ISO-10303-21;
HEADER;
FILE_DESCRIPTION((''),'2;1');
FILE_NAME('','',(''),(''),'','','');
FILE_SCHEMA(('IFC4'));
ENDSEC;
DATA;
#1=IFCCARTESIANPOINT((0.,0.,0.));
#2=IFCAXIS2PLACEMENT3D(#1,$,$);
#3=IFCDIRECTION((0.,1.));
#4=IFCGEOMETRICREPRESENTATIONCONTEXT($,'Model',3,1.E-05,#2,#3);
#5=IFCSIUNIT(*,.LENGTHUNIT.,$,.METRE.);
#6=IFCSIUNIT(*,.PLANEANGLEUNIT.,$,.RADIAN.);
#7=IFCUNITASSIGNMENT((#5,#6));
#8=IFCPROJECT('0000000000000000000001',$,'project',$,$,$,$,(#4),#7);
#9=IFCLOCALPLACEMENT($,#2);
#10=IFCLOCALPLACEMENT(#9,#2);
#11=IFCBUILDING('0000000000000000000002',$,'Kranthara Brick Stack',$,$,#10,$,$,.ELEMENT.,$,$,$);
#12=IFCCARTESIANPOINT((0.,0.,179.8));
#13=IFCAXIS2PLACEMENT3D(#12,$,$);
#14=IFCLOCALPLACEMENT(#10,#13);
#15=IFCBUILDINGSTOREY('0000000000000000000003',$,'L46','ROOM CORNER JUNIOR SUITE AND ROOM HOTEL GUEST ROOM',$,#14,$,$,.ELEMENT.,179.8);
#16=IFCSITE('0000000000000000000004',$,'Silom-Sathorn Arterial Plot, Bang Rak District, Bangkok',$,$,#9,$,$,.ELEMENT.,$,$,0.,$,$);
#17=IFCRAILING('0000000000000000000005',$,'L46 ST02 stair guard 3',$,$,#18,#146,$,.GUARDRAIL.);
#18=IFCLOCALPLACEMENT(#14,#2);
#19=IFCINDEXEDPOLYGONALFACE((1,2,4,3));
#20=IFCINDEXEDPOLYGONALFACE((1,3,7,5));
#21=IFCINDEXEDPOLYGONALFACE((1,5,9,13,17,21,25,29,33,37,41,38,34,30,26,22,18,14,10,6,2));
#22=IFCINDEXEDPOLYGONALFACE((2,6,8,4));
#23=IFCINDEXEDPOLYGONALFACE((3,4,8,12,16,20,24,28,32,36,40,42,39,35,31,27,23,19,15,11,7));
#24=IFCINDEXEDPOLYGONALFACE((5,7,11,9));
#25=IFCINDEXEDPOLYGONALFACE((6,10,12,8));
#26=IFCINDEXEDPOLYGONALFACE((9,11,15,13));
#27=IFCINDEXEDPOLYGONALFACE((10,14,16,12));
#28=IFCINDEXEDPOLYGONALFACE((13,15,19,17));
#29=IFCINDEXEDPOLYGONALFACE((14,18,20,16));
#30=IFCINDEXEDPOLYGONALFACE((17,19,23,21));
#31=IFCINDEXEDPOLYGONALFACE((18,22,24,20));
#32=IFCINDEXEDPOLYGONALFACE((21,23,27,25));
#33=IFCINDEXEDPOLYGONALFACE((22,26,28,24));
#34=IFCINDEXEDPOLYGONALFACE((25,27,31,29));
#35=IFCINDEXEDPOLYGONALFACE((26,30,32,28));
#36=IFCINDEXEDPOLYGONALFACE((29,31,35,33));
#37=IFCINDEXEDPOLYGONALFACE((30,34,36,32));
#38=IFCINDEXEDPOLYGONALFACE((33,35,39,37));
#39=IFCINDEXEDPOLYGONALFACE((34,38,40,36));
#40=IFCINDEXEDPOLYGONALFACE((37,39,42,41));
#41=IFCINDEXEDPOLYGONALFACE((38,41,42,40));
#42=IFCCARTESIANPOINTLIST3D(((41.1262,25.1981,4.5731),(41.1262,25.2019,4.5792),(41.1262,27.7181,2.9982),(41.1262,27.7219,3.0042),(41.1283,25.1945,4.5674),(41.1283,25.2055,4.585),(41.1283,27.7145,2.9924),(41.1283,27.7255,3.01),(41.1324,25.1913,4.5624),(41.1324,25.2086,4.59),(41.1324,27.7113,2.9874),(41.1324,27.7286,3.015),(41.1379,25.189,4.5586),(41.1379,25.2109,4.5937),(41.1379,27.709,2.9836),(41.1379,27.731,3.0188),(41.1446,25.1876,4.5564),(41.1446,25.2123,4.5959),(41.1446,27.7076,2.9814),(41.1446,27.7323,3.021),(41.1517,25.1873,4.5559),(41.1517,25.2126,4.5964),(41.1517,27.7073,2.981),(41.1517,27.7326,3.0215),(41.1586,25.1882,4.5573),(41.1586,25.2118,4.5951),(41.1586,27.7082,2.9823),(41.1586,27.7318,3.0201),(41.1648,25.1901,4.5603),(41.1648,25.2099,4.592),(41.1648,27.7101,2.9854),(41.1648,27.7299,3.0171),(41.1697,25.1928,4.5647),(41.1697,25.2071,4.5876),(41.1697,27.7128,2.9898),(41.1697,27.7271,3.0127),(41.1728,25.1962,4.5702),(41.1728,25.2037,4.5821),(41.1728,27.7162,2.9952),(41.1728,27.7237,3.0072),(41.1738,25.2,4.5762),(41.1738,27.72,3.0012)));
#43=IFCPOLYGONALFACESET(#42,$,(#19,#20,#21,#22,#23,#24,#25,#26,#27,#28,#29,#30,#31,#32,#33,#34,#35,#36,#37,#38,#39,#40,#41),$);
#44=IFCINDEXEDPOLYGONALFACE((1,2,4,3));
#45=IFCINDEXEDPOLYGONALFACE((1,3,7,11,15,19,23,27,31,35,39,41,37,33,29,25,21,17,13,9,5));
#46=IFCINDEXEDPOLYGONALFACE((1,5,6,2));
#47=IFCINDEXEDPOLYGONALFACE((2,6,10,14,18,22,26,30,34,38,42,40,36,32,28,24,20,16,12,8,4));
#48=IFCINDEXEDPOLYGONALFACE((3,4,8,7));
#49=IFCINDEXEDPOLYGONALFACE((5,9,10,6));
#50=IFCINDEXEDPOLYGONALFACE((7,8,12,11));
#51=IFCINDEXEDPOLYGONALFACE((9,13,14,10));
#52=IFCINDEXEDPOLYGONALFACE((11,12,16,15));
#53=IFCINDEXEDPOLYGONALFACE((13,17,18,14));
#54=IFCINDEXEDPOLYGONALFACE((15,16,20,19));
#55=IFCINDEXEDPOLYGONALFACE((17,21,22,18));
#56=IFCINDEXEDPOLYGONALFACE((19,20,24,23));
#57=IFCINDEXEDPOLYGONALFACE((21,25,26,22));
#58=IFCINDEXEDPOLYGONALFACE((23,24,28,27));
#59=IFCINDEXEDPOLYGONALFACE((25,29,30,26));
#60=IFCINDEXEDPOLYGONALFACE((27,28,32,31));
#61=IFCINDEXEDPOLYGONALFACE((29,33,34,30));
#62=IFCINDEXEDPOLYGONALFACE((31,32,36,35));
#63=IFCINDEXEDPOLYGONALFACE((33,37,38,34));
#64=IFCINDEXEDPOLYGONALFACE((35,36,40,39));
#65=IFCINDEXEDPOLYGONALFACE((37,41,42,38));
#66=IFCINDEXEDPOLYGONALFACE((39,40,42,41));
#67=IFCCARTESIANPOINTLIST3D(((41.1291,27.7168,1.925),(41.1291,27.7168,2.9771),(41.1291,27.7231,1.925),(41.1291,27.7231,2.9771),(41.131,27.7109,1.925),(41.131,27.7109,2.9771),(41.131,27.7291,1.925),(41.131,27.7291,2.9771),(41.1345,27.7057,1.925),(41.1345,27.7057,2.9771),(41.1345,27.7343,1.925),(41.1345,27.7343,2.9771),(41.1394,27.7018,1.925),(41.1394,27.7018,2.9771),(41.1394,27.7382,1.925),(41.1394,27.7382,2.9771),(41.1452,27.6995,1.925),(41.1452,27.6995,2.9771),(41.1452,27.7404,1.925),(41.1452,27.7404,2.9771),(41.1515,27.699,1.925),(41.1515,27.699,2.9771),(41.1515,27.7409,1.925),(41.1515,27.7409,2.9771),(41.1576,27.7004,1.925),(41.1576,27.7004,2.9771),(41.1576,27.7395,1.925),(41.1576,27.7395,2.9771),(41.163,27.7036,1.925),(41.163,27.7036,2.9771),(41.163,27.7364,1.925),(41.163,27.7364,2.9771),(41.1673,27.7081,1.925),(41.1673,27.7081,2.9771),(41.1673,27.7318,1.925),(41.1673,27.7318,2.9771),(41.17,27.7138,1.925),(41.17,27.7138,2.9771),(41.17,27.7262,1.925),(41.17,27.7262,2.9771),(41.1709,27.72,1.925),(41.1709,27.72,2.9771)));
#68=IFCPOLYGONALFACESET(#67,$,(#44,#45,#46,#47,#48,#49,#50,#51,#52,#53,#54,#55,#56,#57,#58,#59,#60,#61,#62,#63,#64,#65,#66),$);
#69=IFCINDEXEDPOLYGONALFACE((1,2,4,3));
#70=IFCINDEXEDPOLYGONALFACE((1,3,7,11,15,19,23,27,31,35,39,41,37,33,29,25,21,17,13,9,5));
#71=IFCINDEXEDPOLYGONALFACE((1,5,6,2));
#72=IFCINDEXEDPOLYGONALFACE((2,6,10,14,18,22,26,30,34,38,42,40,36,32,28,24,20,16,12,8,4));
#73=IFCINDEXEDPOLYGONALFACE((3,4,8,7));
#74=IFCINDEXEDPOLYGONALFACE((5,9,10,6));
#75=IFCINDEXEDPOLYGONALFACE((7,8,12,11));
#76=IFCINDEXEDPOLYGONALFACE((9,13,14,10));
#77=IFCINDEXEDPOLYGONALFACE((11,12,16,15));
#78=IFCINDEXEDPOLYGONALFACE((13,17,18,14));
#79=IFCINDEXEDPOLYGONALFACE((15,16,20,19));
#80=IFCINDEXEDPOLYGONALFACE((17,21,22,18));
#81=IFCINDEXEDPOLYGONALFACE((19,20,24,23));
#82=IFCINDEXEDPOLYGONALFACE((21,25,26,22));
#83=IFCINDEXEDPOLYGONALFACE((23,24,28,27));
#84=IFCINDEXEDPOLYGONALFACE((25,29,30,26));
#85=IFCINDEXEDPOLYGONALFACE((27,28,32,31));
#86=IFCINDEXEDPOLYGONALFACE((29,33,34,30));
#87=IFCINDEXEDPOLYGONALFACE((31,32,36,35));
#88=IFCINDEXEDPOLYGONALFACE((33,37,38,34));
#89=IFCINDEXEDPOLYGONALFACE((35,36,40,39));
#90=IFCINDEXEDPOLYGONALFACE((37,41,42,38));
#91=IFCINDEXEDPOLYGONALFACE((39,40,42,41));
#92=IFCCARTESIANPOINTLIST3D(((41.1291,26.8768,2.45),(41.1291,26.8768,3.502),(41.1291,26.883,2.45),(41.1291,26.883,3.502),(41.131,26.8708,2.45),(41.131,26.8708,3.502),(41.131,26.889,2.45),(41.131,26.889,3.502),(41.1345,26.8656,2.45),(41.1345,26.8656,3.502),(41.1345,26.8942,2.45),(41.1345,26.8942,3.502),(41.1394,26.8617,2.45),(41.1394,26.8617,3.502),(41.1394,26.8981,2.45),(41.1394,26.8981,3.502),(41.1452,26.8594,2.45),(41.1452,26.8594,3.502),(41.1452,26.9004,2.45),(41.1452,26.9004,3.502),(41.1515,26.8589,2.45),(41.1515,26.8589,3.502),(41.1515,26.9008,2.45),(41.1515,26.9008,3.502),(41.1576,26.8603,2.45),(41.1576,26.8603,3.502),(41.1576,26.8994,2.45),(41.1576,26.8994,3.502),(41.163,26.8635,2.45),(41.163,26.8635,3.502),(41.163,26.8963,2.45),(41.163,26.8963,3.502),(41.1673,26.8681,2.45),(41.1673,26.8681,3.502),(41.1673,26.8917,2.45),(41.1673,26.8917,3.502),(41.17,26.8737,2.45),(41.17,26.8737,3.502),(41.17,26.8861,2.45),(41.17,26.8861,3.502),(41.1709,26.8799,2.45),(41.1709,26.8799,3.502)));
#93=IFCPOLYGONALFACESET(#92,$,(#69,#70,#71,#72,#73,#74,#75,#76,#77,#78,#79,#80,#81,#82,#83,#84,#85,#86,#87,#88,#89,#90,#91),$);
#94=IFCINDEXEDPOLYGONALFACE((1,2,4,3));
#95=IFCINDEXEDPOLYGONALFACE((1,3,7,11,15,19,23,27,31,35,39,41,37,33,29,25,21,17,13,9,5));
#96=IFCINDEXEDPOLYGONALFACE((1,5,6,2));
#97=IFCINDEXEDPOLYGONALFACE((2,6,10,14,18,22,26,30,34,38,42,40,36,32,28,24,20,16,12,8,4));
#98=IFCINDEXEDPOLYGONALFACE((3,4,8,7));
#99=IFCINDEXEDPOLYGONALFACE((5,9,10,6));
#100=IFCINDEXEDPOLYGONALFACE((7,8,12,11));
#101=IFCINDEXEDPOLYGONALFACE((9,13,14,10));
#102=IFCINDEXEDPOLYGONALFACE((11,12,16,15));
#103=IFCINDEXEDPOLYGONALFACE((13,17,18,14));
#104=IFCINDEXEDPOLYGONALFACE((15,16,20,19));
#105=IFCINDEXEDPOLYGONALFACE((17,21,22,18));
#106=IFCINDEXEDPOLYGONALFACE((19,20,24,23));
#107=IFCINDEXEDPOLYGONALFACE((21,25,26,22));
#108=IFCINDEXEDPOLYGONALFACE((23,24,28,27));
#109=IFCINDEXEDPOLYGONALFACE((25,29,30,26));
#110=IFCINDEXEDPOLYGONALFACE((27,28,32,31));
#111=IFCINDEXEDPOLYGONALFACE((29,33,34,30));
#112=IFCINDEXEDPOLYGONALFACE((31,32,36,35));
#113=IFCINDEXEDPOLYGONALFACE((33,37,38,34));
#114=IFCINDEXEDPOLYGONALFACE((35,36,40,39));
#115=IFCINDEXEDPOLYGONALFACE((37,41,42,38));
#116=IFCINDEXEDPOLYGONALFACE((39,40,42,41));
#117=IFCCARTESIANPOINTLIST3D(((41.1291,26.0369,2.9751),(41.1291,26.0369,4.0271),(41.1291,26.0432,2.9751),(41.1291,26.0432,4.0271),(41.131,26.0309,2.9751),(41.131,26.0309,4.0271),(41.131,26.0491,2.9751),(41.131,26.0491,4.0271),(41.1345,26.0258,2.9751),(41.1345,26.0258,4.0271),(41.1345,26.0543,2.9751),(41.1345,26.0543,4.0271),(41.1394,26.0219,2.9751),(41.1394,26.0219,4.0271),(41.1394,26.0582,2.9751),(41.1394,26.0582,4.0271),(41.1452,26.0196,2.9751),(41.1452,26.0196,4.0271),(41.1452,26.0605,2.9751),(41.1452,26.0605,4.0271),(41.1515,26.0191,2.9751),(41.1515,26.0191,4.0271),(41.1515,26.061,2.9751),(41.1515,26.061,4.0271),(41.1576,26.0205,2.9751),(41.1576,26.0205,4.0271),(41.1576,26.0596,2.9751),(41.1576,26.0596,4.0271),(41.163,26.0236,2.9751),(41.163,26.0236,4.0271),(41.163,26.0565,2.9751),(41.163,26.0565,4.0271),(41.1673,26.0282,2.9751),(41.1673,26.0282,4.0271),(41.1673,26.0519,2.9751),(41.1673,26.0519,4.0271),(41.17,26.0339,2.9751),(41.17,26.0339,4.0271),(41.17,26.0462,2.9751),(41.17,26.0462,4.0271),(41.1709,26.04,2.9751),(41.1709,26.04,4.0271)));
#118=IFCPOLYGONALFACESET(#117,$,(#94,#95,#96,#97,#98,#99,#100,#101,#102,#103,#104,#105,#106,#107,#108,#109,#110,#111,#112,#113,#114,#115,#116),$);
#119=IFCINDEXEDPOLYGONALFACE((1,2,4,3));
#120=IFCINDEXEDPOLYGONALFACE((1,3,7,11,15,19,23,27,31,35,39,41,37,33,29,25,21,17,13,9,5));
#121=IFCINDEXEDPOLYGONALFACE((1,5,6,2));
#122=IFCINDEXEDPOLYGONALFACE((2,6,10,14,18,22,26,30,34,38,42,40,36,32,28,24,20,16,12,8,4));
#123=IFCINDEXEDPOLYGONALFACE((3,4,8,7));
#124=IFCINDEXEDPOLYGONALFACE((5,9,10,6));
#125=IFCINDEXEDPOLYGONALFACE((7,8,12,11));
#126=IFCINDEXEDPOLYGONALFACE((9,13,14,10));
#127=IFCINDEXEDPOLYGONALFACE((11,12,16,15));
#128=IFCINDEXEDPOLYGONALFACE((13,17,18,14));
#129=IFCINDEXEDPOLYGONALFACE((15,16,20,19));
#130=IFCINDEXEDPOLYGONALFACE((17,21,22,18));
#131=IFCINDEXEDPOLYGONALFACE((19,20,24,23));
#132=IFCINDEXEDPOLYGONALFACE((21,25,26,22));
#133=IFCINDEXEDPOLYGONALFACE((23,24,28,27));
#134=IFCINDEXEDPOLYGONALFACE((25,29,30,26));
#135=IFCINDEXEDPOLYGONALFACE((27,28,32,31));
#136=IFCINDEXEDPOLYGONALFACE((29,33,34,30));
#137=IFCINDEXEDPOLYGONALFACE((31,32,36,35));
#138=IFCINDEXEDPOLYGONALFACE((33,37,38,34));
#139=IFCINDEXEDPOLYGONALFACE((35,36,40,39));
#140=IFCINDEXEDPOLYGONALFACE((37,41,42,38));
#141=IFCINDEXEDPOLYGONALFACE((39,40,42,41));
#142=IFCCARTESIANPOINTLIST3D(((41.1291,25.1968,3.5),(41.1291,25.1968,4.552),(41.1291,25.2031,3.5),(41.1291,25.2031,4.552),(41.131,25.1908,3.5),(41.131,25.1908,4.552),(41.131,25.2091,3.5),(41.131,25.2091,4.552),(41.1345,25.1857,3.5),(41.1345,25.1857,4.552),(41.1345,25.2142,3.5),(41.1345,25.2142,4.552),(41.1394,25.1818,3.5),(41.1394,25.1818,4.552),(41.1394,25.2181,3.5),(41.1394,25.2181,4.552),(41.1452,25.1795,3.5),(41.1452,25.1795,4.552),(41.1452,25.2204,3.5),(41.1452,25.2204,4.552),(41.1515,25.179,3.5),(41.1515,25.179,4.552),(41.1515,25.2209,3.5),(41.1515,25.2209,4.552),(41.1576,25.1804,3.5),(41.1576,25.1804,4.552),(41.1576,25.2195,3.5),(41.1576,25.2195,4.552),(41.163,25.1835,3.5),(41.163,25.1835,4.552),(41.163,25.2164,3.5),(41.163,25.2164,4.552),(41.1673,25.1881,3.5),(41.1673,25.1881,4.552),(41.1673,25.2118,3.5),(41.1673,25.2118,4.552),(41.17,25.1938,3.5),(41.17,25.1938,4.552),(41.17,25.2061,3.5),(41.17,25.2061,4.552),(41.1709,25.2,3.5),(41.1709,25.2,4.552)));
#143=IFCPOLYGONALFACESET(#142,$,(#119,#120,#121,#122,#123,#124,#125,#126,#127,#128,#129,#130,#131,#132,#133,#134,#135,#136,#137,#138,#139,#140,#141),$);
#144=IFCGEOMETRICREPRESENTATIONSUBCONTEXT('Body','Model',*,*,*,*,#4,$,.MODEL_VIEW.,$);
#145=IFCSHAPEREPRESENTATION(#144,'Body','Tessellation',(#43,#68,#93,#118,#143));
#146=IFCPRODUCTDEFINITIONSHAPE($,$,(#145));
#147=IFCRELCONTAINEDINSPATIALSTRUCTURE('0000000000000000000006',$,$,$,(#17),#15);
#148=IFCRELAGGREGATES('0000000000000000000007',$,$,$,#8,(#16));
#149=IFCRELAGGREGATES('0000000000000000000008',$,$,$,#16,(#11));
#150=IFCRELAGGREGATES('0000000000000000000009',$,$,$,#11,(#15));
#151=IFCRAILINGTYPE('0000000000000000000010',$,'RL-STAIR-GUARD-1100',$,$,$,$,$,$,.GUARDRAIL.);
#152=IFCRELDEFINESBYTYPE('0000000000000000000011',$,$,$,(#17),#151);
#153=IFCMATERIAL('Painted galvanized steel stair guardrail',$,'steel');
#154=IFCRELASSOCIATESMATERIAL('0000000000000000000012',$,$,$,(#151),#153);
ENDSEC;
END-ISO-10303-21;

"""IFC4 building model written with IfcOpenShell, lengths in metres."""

from ifc_helpers import new_model, si_unit, direction, frame, origin, origin_2d, place, context, subcontext, project, spatial, circle, extrude, material, type_object, element, save


model = new_model("IFC4")

# Units and contexts
model_context = context("Model", 3, precision=1e-05, world=origin(), true_north=direction((0.0, 1.0)))
body_context = subcontext(model_context, "Body", "Model", "MODEL_VIEW")
ifc_project = project(units=[si_unit("LENGTHUNIT", "METRE"), si_unit("PLANEANGLEUNIT", "RADIAN")], contexts=[model_context])

# Site, building, storey
site_placement = place(None, origin())
site = spatial("IfcSite", under=ifc_project, at=site_placement, Name="Silom-Sathorn Arterial Plot, Bang Rak District, Bangkok", CompositionType="ELEMENT", RefElevation=0.0)
building_placement = place(site_placement, origin())
building = spatial("IfcBuilding", under=site, at=building_placement, Name="Kranthara Brick Stack", CompositionType="ELEMENT")
storey_placement = place(building_placement, frame((0.0, 0.0, 179.8)))
storey = spatial("IfcBuildingStorey", under=building, at=storey_placement, Name="L46", Description="ROOM CORNER JUNIOR SUITE AND ROOM HOTEL GUEST ROOM", CompositionType="ELEMENT", Elevation=179.8)

# Railing
ifc_material_1 = material(Name="Painted galvanized steel stair guardrail", Category="steel")
railing_type_1 = type_object("IfcRailingType", Name="RL-STAIR-GUARD-1100", PredefinedType="GUARDRAIL", material=ifc_material_1)
railing_1_placement = place(storey_placement, frame((41.1499, 27.72, 1.925)))
element("IfcRailing", 1, at=railing_1_placement, inside=storey, type_object=railing_type_1, Name="L46 ST02 stair guard 3", PredefinedType="GUARDRAIL", context=body_context, shape_type="SweptSolid", body=[
    extrude(circle(Radius=0.0239, at=origin_2d()), frame((0.0, 0.0, 1.0762), z_axis=(0.0, -0.848008, 0.529984), x_axis=(1.0, 0.0, 0.0)), (0.0, 0.0, 1.0), 2.9717),
    extrude(circle(Radius=0.021, at=origin_2d()), origin(), (0.0, 0.0, 1.0), 1.052),
    extrude(circle(Radius=0.021, at=origin_2d()), frame((0.0, -0.8401, 0.5249)), (0.0, 0.0, 1.0), 1.052),
    extrude(circle(Radius=0.021, at=origin_2d()), frame((0.0, -1.6799, 1.05)), (0.0, 0.0, 1.0), 1.052),
    extrude(circle(Radius=0.021, at=origin_2d()), frame((0.0, -2.52, 1.575)), (0.0, 0.0, 1.0), 1.052),
])

save(model, "model.ifc")
